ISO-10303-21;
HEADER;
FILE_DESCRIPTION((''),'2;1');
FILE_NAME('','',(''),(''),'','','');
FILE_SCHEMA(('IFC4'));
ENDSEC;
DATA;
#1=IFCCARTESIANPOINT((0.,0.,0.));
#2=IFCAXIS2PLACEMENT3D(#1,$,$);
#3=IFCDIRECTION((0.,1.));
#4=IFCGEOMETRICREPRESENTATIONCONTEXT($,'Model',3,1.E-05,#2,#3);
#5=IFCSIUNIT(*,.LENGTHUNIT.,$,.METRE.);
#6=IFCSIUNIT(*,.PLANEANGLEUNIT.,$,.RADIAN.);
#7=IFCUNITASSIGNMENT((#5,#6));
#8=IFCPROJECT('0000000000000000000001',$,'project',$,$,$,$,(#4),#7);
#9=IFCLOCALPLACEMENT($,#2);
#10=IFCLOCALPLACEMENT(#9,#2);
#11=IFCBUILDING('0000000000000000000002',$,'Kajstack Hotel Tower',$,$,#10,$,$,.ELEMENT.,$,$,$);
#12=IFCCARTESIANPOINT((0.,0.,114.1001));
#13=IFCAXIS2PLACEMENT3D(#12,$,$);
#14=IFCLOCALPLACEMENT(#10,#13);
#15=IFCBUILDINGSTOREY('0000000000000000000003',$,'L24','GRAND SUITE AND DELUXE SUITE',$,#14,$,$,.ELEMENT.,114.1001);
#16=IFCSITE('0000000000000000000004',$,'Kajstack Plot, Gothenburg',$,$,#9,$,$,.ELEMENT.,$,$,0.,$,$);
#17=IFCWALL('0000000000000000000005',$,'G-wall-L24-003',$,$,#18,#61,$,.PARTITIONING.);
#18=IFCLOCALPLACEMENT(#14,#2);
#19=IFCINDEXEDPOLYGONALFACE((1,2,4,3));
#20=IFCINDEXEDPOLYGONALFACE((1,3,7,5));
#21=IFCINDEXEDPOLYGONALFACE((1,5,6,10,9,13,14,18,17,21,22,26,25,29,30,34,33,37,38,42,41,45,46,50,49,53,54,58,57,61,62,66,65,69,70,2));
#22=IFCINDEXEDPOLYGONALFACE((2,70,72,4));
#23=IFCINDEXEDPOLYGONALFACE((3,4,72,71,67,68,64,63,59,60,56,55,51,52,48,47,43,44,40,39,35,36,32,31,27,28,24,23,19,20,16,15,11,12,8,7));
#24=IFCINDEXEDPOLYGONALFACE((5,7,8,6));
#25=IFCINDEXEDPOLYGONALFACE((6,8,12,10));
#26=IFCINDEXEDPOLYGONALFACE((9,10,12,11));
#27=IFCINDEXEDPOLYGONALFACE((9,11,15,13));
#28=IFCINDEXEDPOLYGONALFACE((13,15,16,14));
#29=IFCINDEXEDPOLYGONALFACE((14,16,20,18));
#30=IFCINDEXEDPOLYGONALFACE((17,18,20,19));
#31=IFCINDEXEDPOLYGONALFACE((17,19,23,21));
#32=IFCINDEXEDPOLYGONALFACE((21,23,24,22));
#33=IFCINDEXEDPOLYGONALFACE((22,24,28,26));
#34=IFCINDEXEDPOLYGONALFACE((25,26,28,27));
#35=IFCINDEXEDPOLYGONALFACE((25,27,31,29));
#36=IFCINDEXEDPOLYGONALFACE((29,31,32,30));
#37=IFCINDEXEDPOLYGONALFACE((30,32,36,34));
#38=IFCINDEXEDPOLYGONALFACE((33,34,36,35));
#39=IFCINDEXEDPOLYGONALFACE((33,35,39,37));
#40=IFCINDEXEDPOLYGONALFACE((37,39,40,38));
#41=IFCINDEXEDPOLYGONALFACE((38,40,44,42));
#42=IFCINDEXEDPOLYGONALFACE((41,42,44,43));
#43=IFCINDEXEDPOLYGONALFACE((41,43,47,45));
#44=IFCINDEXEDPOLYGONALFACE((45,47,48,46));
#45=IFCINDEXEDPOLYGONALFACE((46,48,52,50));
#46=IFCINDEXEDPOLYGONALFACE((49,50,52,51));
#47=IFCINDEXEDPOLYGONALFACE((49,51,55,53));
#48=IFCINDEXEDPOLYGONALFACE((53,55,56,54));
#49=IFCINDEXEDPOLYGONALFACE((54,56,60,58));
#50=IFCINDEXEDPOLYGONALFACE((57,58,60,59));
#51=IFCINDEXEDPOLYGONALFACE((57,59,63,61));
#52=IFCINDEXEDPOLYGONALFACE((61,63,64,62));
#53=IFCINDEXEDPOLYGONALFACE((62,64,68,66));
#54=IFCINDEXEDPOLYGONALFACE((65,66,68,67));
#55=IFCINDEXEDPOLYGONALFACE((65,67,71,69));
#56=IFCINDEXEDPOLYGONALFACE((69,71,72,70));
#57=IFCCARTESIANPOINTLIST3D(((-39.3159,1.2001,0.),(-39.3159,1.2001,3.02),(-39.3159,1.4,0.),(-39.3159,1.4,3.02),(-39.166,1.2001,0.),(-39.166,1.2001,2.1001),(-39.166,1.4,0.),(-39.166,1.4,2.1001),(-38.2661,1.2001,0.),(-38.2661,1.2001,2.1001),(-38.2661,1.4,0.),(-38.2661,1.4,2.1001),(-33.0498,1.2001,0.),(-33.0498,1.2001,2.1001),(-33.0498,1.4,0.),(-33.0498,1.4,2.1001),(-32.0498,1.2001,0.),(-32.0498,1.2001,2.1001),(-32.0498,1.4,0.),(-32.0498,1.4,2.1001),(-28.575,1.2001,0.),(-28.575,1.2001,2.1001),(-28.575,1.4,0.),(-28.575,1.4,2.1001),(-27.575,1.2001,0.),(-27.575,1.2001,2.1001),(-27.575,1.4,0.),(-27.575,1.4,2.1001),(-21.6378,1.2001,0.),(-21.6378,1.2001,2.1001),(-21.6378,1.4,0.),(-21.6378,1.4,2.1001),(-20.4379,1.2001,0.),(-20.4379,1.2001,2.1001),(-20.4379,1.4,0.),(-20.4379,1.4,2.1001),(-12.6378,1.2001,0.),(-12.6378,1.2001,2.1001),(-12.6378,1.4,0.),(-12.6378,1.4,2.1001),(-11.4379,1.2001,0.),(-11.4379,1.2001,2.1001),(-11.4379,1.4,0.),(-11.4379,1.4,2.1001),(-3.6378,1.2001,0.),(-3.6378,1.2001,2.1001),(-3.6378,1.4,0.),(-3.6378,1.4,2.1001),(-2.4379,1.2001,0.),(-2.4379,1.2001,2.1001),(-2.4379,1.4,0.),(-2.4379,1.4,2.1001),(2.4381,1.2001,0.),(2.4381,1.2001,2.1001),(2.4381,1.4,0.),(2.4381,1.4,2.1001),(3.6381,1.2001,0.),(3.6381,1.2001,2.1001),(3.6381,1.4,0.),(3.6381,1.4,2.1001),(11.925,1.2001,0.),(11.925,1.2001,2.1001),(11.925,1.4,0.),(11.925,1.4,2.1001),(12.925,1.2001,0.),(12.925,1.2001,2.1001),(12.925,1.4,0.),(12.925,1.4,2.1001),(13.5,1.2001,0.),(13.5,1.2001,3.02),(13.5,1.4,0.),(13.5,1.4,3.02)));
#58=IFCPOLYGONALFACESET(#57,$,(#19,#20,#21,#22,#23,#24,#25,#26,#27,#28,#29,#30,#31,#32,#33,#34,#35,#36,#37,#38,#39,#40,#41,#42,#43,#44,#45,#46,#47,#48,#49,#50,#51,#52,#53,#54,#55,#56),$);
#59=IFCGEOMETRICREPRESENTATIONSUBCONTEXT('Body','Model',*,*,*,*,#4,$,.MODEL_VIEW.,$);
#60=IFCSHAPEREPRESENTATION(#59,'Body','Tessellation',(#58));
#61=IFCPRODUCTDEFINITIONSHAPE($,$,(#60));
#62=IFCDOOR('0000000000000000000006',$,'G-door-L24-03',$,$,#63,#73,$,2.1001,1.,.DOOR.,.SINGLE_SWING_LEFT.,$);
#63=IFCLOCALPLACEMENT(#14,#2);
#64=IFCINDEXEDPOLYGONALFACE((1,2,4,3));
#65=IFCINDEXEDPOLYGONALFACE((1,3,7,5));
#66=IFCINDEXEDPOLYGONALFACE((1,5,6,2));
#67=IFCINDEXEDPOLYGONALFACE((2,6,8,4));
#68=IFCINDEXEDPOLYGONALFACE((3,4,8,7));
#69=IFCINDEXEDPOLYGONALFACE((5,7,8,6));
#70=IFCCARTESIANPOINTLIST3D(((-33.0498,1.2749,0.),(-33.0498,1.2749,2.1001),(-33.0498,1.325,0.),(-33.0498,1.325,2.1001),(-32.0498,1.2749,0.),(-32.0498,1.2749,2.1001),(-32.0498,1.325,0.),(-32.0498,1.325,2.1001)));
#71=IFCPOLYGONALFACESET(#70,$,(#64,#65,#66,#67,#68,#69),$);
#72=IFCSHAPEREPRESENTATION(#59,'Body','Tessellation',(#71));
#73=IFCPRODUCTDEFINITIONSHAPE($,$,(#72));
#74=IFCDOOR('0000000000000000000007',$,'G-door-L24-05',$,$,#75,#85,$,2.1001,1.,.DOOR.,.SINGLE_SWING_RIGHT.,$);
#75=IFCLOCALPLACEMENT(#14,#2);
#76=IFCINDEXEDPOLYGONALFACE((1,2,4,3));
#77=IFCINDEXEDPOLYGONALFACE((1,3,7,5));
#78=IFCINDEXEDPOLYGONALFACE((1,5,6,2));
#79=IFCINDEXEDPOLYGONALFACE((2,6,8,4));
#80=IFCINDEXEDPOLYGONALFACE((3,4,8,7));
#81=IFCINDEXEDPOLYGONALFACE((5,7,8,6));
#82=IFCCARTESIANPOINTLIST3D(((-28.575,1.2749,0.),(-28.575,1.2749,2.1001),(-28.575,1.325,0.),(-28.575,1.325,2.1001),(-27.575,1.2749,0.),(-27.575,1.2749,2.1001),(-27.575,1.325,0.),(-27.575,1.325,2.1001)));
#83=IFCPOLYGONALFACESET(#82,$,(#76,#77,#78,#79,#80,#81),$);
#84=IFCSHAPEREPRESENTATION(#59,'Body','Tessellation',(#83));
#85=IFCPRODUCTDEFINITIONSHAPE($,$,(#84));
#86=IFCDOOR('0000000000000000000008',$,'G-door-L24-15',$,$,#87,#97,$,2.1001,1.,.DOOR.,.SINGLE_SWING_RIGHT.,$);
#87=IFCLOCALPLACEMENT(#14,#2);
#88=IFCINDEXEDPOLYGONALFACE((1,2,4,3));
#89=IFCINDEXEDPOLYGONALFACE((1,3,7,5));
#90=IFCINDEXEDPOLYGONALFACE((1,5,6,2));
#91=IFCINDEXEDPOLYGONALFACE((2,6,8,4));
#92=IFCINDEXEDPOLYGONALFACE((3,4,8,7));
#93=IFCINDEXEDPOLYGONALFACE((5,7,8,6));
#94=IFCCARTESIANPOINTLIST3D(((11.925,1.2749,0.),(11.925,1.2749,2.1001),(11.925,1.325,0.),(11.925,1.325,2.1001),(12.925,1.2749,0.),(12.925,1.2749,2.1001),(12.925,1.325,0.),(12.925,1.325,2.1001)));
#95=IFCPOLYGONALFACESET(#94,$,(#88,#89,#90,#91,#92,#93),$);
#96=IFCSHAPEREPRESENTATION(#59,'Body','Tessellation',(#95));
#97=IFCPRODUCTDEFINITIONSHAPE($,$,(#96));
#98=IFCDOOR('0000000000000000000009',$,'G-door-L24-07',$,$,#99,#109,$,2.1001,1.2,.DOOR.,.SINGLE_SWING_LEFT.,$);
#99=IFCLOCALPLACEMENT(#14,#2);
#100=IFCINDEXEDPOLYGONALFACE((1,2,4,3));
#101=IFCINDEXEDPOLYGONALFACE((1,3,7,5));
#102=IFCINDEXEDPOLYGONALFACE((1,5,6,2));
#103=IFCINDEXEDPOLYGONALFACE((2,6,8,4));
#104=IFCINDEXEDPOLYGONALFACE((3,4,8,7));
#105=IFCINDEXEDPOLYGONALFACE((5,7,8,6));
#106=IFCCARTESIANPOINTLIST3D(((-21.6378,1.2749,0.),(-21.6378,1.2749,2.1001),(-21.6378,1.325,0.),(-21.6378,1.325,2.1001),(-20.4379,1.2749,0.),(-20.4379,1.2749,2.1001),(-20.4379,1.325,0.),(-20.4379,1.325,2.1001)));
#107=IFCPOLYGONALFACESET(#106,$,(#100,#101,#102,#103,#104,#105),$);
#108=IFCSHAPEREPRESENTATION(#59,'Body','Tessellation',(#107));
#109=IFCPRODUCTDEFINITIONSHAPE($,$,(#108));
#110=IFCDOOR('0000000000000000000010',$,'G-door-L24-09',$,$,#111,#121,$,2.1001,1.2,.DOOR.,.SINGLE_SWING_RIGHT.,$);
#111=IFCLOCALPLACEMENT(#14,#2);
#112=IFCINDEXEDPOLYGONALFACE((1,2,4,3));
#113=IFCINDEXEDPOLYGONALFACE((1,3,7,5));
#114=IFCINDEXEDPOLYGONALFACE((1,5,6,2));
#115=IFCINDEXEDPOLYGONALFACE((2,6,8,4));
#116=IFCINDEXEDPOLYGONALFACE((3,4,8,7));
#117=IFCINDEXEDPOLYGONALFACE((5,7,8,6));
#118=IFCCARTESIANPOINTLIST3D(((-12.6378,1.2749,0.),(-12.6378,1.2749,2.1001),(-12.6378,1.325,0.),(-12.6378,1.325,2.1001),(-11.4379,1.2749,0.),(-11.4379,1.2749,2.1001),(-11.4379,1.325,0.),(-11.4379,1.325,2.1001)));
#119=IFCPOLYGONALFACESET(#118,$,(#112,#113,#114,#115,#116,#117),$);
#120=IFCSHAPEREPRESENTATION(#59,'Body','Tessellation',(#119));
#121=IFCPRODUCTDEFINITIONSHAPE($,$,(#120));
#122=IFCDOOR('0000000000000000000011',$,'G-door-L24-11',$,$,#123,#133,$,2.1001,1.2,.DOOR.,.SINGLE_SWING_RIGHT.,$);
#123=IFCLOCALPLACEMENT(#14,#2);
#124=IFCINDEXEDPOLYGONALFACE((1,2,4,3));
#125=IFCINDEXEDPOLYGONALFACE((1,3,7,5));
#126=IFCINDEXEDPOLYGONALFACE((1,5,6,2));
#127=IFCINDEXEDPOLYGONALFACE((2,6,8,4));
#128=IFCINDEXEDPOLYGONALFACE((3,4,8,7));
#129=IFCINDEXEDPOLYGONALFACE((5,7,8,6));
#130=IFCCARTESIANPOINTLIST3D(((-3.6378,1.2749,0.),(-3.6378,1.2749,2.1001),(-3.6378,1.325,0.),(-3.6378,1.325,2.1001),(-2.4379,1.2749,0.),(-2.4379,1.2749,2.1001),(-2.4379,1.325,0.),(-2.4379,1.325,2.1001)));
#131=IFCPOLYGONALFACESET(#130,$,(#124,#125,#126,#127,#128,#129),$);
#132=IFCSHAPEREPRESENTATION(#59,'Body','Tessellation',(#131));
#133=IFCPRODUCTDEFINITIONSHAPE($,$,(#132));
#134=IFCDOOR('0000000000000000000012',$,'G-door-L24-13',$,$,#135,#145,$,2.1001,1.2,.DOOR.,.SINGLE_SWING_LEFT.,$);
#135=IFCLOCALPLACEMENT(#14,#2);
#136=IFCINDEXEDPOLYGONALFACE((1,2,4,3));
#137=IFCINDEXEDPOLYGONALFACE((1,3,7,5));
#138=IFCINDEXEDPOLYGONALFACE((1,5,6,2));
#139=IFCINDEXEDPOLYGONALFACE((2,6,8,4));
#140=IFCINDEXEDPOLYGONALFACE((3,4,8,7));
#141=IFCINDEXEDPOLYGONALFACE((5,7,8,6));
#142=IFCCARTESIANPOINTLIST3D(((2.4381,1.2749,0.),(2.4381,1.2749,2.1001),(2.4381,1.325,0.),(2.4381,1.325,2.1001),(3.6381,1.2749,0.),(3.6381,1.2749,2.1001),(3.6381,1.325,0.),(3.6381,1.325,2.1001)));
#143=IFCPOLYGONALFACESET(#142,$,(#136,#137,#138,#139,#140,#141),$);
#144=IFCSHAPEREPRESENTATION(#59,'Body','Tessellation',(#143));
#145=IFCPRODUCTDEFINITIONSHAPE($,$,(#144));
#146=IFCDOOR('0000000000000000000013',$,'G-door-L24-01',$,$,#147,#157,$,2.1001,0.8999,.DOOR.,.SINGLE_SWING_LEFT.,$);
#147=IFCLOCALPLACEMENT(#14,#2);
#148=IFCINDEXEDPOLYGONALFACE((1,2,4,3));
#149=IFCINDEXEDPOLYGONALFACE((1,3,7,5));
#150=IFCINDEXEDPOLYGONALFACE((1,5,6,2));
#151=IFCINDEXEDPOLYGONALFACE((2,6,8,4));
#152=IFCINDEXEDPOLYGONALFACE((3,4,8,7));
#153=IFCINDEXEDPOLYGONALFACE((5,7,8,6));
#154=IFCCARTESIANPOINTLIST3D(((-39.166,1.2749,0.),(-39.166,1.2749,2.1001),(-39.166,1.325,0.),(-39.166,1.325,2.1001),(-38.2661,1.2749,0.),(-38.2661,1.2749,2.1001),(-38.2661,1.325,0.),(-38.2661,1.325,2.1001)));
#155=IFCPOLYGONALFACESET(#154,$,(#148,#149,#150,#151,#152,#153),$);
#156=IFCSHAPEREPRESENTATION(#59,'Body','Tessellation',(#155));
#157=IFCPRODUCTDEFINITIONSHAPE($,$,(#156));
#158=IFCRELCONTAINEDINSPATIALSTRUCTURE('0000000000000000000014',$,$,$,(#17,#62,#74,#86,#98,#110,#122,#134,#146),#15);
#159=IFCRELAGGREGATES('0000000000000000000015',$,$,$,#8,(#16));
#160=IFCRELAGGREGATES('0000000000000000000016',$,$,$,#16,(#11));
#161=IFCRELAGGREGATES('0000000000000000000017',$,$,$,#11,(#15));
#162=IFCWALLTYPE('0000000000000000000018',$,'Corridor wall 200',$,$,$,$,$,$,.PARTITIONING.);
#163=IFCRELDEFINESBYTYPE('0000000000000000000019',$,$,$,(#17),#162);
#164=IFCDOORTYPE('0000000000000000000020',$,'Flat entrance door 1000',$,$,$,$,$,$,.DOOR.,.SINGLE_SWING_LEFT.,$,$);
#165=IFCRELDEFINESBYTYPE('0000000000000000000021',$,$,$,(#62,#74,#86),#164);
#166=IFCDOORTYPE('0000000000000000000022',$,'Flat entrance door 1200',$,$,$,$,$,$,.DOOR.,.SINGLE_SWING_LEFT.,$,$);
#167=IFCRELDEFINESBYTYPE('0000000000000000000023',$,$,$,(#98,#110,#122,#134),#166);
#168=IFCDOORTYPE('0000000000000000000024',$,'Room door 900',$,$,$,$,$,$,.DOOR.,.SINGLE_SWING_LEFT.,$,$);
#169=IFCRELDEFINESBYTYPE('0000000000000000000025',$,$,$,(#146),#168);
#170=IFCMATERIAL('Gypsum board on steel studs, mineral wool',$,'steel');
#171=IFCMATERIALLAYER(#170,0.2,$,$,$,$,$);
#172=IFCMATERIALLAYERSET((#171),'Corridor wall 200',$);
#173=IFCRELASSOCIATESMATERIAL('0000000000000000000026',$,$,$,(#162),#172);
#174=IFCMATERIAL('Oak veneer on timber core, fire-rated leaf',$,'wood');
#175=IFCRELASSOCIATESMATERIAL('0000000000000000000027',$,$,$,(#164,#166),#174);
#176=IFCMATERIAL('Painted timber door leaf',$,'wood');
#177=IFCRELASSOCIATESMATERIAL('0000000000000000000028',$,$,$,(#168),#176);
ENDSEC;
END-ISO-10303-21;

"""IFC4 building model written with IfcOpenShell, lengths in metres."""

from ifc_helpers import new_model, si_unit, direction, frame, frame_2d, origin, place, context, subcontext, project, spatial, rectangle, extrude, material, layer, layer_set, type_object, element, fill, save


model = new_model("IFC4")

# Units and contexts
model_context = context("Model", 3, precision=1e-05, world=origin(), true_north=direction((0.0, 1.0)))
body_context = subcontext(model_context, "Body", "Model", "MODEL_VIEW")
ifc_project = project(units=[si_unit("LENGTHUNIT", "METRE"), si_unit("PLANEANGLEUNIT", "RADIAN")], contexts=[model_context])

# Site, building, storey
site_placement = place(None, origin())
site = spatial("IfcSite", under=ifc_project, at=site_placement, Name="Kajstack Plot, Gothenburg", CompositionType="ELEMENT", RefElevation=0.0)
building_placement = place(site_placement, origin())
building = spatial("IfcBuilding", under=site, at=building_placement, Name="Kajstack Hotel Tower", CompositionType="ELEMENT")
storey_placement = place(building_placement, frame((0.0, 0.0, 114.1001)))
storey = spatial("IfcBuildingStorey", under=building, at=storey_placement, Name="L24", Description="GRAND SUITE AND DELUXE SUITE", CompositionType="ELEMENT", Elevation=114.1001)

# Wall, openings, doors
ifc_material_1 = material(Name="Gypsum board on steel studs, mineral wool", Category="steel")
ifc_layer_1 = layer(ifc_material_1, 0.2)
ifc_layer_set_1 = layer_set([ifc_layer_1], Name="Corridor wall 200")
wall_type_1 = type_object("IfcWallType", Name="Corridor wall 200", PredefinedType="PARTITIONING", material=ifc_layer_set_1)
wall_1_placement = place(storey_placement, frame((-39.3159, 1.3, 0.0), z_axis=(0.0, 0.0, 1.0), x_axis=(1.0, 0.0, 0.0)))
wall_1 = element("IfcWall", 1, at=wall_1_placement, inside=storey, type_object=wall_type_1, Name="G-wall-L24-003", PredefinedType="PARTITIONING", context=body_context, shape_type="SweptSolid", body=[
    extrude(rectangle(XDim=52.8159, YDim=0.2, at=frame_2d((26.408, 0.0))), origin(), (0.0, 0.0, 1.0), 3.02),
])
opening_1_placement = place(wall_1_placement, frame((0.1499, 0.0, 0.0)))
opening_1 = element("IfcOpeningElement", 2, at=opening_1_placement, cuts=wall_1, PredefinedType="OPENING", context=body_context, shape_type="SweptSolid", body=[
    extrude(rectangle(XDim=0.8999, YDim=2.1001, at=frame_2d((0.45, 1.05))), frame((0.0, 0.1099, 0.0), z_axis=(0.0, -1.0, 0.0), x_axis=(1.0, 0.0, 0.0)), (0.0, 0.0, 1.0), 0.22),
])
opening_2_placement = place(wall_1_placement, frame((6.2661, 0.0, 0.0)))
opening_2 = element("IfcOpeningElement", 3, at=opening_2_placement, cuts=wall_1, PredefinedType="OPENING", context=body_context, shape_type="SweptSolid", body=[
    extrude(rectangle(XDim=1.0, YDim=2.1001, at=frame_2d((0.5, 1.05))), frame((0.0, 0.1099, 0.0), z_axis=(0.0, -1.0, 0.0), x_axis=(1.0, 0.0, 0.0)), (0.0, 0.0, 1.0), 0.22),
])
opening_3_placement = place(wall_1_placement, frame((10.741, 0.0, 0.0)))
opening_3 = element("IfcOpeningElement", 4, at=opening_3_placement, cuts=wall_1, PredefinedType="OPENING", context=body_context, shape_type="SweptSolid", body=[
    extrude(rectangle(XDim=1.0, YDim=2.1001, at=frame_2d((0.5, 1.05))), frame((0.0, 0.1099, 0.0), z_axis=(0.0, -1.0, 0.0), x_axis=(1.0, 0.0, 0.0)), (0.0, 0.0, 1.0), 0.22),
])
opening_4_placement = place(wall_1_placement, frame((17.678, 0.0, 0.0)))
opening_4 = element("IfcOpeningElement", 5, at=opening_4_placement, cuts=wall_1, PredefinedType="OPENING", context=body_context, shape_type="SweptSolid", body=[
    extrude(rectangle(XDim=1.2, YDim=2.1001, at=frame_2d((0.6001, 1.05))), frame((0.0, 0.1099, 0.0), z_axis=(0.0, -1.0, 0.0), x_axis=(1.0, 0.0, 0.0)), (0.0, 0.0, 1.0), 0.22),
])
opening_5_placement = place(wall_1_placement, frame((26.678, 0.0, 0.0)))
opening_5 = element("IfcOpeningElement", 6, at=opening_5_placement, cuts=wall_1, PredefinedType="OPENING", context=body_context, shape_type="SweptSolid", body=[
    extrude(rectangle(XDim=1.2, YDim=2.1001, at=frame_2d((0.6001, 1.05))), frame((0.0, 0.1099, 0.0), z_axis=(0.0, -1.0, 0.0), x_axis=(1.0, 0.0, 0.0)), (0.0, 0.0, 1.0), 0.22),
])
opening_6_placement = place(wall_1_placement, frame((35.678, 0.0, 0.0)))
opening_6 = element("IfcOpeningElement", 7, at=opening_6_placement, cuts=wall_1, PredefinedType="OPENING", context=body_context, shape_type="SweptSolid", body=[
    extrude(rectangle(XDim=1.2, YDim=2.1001, at=frame_2d((0.6001, 1.05))), frame((0.0, 0.1099, 0.0), z_axis=(0.0, -1.0, 0.0), x_axis=(1.0, 0.0, 0.0)), (0.0, 0.0, 1.0), 0.22),
])
opening_7_placement = place(wall_1_placement, frame((41.7539, 0.0, 0.0)))
opening_7 = element("IfcOpeningElement", 8, at=opening_7_placement, cuts=wall_1, PredefinedType="OPENING", context=body_context, shape_type="SweptSolid", body=[
    extrude(rectangle(XDim=1.2, YDim=2.1001, at=frame_2d((0.6001, 1.05))), frame((0.0, 0.1099, 0.0), z_axis=(0.0, -1.0, 0.0), x_axis=(1.0, 0.0, 0.0)), (0.0, 0.0, 1.0), 0.22),
])
opening_8_placement = place(wall_1_placement, frame((51.241, 0.0, 0.0)))
opening_8 = element("IfcOpeningElement", 9, at=opening_8_placement, cuts=wall_1, PredefinedType="OPENING", context=body_context, shape_type="SweptSolid", body=[
    extrude(rectangle(XDim=1.0, YDim=2.1001, at=frame_2d((0.5, 1.05))), frame((0.0, 0.1099, 0.0), z_axis=(0.0, -1.0, 0.0), x_axis=(1.0, 0.0, 0.0)), (0.0, 0.0, 1.0), 0.22),
])
ifc_material_2 = material(Name="Oak veneer on timber core, fire-rated leaf", Category="wood")
door_type_1 = type_object("IfcDoorType", Name="Flat entrance door 1000", OperationType="SINGLE_SWING_LEFT", PredefinedType="DOOR", material=ifc_material_2)
door_1_placement = place(opening_2_placement, origin())
door_1 = element("IfcDoor", 10, at=door_1_placement, inside=storey, type_object=door_type_1, Name="G-door-L24-03", OperationType="SINGLE_SWING_LEFT", OverallHeight=2.1001, OverallWidth=1.0, PredefinedType="DOOR", context=body_context, shape_type="SweptSolid", body=[
    extrude(rectangle(XDim=1.0, YDim=2.1001, at=frame_2d((0.5, 1.05))), frame((0.0, 0.0249, 0.0), z_axis=(0.0, -1.0, 0.0), x_axis=(1.0, 0.0, 0.0)), (0.0, 0.0, 1.0), 0.05),
])
fill(opening_2, door_1)
door_2_placement = place(opening_3_placement, origin())
door_2 = element("IfcDoor", 11, at=door_2_placement, inside=storey, type_object=door_type_1, Name="G-door-L24-05", OperationType="SINGLE_SWING_RIGHT", OverallHeight=2.1001, OverallWidth=1.0, PredefinedType="DOOR", context=body_context, shape_type="SweptSolid", body=[
    extrude(rectangle(XDim=1.0, YDim=2.1001, at=frame_2d((0.5, 1.05))), frame((0.0, 0.0249, 0.0), z_axis=(0.0, -1.0, 0.0), x_axis=(1.0, 0.0, 0.0)), (0.0, 0.0, 1.0), 0.05),
])
fill(opening_3, door_2)
door_3_placement = place(opening_8_placement, origin())
door_3 = element("IfcDoor", 12, at=door_3_placement, inside=storey, type_object=door_type_1, Name="G-door-L24-15", OperationType="SINGLE_SWING_RIGHT", OverallHeight=2.1001, OverallWidth=1.0, PredefinedType="DOOR", context=body_context, shape_type="SweptSolid", body=[
    extrude(rectangle(XDim=1.0, YDim=2.1001, at=frame_2d((0.5, 1.05))), frame((0.0, 0.0249, 0.0), z_axis=(0.0, -1.0, 0.0), x_axis=(1.0, 0.0, 0.0)), (0.0, 0.0, 1.0), 0.05),
])
fill(opening_8, door_3)
door_type_2 = type_object("IfcDoorType", Name="Flat entrance door 1200", OperationType="SINGLE_SWING_LEFT", PredefinedType="DOOR", material=ifc_material_2)
door_4_placement = place(opening_4_placement, origin())
door_4 = element("IfcDoor", 13, at=door_4_placement, inside=storey, type_object=door_type_2, Name="G-door-L24-07", OperationType="SINGLE_SWING_LEFT", OverallHeight=2.1001, OverallWidth=1.2, PredefinedType="DOOR", context=body_context, shape_type="SweptSolid", body=[
    extrude(rectangle(XDim=1.2, YDim=2.1001, at=frame_2d((0.6001, 1.05))), frame((0.0, 0.0249, 0.0), z_axis=(0.0, -1.0, 0.0), x_axis=(1.0, 0.0, 0.0)), (0.0, 0.0, 1.0), 0.05),
])
fill(opening_4, door_4)
door_5_placement = place(opening_5_placement, origin())
door_5 = element("IfcDoor", 14, at=door_5_placement, inside=storey, type_object=door_type_2, Name="G-door-L24-09", OperationType="SINGLE_SWING_RIGHT", OverallHeight=2.1001, OverallWidth=1.2, PredefinedType="DOOR", context=body_context, shape_type="SweptSolid", body=[
    extrude(rectangle(XDim=1.2, YDim=2.1001, at=frame_2d((0.6001, 1.05))), frame((0.0, 0.0249, 0.0), z_axis=(0.0, -1.0, 0.0), x_axis=(1.0, 0.0, 0.0)), (0.0, 0.0, 1.0), 0.05),
])
fill(opening_5, door_5)
door_6_placement = place(opening_6_placement, origin())
door_6 = element("IfcDoor", 15, at=door_6_placement, inside=storey, type_object=door_type_2, Name="G-door-L24-11", OperationType="SINGLE_SWING_RIGHT", OverallHeight=2.1001, OverallWidth=1.2, PredefinedType="DOOR", context=body_context, shape_type="SweptSolid", body=[
    extrude(rectangle(XDim=1.2, YDim=2.1001, at=frame_2d((0.6001, 1.05))), frame((0.0, 0.0249, 0.0), z_axis=(0.0, -1.0, 0.0), x_axis=(1.0, 0.0, 0.0)), (0.0, 0.0, 1.0), 0.05),
])
fill(opening_6, door_6)
door_7_placement = place(opening_7_placement, origin())
door_7 = element("IfcDoor", 16, at=door_7_placement, inside=storey, type_object=door_type_2, Name="G-door-L24-13", OperationType="SINGLE_SWING_LEFT", OverallHeight=2.1001, OverallWidth=1.2, PredefinedType="DOOR", context=body_context, shape_type="SweptSolid", body=[
    extrude(rectangle(XDim=1.2, YDim=2.1001, at=frame_2d((0.6001, 1.05))), frame((0.0, 0.0249, 0.0), z_axis=(0.0, -1.0, 0.0), x_axis=(1.0, 0.0, 0.0)), (0.0, 0.0, 1.0), 0.05),
])
fill(opening_7, door_7)
ifc_material_3 = material(Name="Painted timber door leaf", Category="wood")
door_type_3 = type_object("IfcDoorType", Name="Room door 900", OperationType="SINGLE_SWING_LEFT", PredefinedType="DOOR", material=ifc_material_3)
door_8_placement = place(opening_1_placement, origin())
door_8 = element("IfcDoor", 17, at=door_8_placement, inside=storey, type_object=door_type_3, Name="G-door-L24-01", OperationType="SINGLE_SWING_LEFT", OverallHeight=2.1001, OverallWidth=0.8999, PredefinedType="DOOR", context=body_context, shape_type="SweptSolid", body=[
    extrude(rectangle(XDim=0.8999, YDim=2.1001, at=frame_2d((0.45, 1.05))), frame((0.0, 0.0249, 0.0), z_axis=(0.0, -1.0, 0.0), x_axis=(1.0, 0.0, 0.0)), (0.0, 0.0, 1.0), 0.05),
])
fill(opening_1, door_8)

save(model, "model.ifc")
